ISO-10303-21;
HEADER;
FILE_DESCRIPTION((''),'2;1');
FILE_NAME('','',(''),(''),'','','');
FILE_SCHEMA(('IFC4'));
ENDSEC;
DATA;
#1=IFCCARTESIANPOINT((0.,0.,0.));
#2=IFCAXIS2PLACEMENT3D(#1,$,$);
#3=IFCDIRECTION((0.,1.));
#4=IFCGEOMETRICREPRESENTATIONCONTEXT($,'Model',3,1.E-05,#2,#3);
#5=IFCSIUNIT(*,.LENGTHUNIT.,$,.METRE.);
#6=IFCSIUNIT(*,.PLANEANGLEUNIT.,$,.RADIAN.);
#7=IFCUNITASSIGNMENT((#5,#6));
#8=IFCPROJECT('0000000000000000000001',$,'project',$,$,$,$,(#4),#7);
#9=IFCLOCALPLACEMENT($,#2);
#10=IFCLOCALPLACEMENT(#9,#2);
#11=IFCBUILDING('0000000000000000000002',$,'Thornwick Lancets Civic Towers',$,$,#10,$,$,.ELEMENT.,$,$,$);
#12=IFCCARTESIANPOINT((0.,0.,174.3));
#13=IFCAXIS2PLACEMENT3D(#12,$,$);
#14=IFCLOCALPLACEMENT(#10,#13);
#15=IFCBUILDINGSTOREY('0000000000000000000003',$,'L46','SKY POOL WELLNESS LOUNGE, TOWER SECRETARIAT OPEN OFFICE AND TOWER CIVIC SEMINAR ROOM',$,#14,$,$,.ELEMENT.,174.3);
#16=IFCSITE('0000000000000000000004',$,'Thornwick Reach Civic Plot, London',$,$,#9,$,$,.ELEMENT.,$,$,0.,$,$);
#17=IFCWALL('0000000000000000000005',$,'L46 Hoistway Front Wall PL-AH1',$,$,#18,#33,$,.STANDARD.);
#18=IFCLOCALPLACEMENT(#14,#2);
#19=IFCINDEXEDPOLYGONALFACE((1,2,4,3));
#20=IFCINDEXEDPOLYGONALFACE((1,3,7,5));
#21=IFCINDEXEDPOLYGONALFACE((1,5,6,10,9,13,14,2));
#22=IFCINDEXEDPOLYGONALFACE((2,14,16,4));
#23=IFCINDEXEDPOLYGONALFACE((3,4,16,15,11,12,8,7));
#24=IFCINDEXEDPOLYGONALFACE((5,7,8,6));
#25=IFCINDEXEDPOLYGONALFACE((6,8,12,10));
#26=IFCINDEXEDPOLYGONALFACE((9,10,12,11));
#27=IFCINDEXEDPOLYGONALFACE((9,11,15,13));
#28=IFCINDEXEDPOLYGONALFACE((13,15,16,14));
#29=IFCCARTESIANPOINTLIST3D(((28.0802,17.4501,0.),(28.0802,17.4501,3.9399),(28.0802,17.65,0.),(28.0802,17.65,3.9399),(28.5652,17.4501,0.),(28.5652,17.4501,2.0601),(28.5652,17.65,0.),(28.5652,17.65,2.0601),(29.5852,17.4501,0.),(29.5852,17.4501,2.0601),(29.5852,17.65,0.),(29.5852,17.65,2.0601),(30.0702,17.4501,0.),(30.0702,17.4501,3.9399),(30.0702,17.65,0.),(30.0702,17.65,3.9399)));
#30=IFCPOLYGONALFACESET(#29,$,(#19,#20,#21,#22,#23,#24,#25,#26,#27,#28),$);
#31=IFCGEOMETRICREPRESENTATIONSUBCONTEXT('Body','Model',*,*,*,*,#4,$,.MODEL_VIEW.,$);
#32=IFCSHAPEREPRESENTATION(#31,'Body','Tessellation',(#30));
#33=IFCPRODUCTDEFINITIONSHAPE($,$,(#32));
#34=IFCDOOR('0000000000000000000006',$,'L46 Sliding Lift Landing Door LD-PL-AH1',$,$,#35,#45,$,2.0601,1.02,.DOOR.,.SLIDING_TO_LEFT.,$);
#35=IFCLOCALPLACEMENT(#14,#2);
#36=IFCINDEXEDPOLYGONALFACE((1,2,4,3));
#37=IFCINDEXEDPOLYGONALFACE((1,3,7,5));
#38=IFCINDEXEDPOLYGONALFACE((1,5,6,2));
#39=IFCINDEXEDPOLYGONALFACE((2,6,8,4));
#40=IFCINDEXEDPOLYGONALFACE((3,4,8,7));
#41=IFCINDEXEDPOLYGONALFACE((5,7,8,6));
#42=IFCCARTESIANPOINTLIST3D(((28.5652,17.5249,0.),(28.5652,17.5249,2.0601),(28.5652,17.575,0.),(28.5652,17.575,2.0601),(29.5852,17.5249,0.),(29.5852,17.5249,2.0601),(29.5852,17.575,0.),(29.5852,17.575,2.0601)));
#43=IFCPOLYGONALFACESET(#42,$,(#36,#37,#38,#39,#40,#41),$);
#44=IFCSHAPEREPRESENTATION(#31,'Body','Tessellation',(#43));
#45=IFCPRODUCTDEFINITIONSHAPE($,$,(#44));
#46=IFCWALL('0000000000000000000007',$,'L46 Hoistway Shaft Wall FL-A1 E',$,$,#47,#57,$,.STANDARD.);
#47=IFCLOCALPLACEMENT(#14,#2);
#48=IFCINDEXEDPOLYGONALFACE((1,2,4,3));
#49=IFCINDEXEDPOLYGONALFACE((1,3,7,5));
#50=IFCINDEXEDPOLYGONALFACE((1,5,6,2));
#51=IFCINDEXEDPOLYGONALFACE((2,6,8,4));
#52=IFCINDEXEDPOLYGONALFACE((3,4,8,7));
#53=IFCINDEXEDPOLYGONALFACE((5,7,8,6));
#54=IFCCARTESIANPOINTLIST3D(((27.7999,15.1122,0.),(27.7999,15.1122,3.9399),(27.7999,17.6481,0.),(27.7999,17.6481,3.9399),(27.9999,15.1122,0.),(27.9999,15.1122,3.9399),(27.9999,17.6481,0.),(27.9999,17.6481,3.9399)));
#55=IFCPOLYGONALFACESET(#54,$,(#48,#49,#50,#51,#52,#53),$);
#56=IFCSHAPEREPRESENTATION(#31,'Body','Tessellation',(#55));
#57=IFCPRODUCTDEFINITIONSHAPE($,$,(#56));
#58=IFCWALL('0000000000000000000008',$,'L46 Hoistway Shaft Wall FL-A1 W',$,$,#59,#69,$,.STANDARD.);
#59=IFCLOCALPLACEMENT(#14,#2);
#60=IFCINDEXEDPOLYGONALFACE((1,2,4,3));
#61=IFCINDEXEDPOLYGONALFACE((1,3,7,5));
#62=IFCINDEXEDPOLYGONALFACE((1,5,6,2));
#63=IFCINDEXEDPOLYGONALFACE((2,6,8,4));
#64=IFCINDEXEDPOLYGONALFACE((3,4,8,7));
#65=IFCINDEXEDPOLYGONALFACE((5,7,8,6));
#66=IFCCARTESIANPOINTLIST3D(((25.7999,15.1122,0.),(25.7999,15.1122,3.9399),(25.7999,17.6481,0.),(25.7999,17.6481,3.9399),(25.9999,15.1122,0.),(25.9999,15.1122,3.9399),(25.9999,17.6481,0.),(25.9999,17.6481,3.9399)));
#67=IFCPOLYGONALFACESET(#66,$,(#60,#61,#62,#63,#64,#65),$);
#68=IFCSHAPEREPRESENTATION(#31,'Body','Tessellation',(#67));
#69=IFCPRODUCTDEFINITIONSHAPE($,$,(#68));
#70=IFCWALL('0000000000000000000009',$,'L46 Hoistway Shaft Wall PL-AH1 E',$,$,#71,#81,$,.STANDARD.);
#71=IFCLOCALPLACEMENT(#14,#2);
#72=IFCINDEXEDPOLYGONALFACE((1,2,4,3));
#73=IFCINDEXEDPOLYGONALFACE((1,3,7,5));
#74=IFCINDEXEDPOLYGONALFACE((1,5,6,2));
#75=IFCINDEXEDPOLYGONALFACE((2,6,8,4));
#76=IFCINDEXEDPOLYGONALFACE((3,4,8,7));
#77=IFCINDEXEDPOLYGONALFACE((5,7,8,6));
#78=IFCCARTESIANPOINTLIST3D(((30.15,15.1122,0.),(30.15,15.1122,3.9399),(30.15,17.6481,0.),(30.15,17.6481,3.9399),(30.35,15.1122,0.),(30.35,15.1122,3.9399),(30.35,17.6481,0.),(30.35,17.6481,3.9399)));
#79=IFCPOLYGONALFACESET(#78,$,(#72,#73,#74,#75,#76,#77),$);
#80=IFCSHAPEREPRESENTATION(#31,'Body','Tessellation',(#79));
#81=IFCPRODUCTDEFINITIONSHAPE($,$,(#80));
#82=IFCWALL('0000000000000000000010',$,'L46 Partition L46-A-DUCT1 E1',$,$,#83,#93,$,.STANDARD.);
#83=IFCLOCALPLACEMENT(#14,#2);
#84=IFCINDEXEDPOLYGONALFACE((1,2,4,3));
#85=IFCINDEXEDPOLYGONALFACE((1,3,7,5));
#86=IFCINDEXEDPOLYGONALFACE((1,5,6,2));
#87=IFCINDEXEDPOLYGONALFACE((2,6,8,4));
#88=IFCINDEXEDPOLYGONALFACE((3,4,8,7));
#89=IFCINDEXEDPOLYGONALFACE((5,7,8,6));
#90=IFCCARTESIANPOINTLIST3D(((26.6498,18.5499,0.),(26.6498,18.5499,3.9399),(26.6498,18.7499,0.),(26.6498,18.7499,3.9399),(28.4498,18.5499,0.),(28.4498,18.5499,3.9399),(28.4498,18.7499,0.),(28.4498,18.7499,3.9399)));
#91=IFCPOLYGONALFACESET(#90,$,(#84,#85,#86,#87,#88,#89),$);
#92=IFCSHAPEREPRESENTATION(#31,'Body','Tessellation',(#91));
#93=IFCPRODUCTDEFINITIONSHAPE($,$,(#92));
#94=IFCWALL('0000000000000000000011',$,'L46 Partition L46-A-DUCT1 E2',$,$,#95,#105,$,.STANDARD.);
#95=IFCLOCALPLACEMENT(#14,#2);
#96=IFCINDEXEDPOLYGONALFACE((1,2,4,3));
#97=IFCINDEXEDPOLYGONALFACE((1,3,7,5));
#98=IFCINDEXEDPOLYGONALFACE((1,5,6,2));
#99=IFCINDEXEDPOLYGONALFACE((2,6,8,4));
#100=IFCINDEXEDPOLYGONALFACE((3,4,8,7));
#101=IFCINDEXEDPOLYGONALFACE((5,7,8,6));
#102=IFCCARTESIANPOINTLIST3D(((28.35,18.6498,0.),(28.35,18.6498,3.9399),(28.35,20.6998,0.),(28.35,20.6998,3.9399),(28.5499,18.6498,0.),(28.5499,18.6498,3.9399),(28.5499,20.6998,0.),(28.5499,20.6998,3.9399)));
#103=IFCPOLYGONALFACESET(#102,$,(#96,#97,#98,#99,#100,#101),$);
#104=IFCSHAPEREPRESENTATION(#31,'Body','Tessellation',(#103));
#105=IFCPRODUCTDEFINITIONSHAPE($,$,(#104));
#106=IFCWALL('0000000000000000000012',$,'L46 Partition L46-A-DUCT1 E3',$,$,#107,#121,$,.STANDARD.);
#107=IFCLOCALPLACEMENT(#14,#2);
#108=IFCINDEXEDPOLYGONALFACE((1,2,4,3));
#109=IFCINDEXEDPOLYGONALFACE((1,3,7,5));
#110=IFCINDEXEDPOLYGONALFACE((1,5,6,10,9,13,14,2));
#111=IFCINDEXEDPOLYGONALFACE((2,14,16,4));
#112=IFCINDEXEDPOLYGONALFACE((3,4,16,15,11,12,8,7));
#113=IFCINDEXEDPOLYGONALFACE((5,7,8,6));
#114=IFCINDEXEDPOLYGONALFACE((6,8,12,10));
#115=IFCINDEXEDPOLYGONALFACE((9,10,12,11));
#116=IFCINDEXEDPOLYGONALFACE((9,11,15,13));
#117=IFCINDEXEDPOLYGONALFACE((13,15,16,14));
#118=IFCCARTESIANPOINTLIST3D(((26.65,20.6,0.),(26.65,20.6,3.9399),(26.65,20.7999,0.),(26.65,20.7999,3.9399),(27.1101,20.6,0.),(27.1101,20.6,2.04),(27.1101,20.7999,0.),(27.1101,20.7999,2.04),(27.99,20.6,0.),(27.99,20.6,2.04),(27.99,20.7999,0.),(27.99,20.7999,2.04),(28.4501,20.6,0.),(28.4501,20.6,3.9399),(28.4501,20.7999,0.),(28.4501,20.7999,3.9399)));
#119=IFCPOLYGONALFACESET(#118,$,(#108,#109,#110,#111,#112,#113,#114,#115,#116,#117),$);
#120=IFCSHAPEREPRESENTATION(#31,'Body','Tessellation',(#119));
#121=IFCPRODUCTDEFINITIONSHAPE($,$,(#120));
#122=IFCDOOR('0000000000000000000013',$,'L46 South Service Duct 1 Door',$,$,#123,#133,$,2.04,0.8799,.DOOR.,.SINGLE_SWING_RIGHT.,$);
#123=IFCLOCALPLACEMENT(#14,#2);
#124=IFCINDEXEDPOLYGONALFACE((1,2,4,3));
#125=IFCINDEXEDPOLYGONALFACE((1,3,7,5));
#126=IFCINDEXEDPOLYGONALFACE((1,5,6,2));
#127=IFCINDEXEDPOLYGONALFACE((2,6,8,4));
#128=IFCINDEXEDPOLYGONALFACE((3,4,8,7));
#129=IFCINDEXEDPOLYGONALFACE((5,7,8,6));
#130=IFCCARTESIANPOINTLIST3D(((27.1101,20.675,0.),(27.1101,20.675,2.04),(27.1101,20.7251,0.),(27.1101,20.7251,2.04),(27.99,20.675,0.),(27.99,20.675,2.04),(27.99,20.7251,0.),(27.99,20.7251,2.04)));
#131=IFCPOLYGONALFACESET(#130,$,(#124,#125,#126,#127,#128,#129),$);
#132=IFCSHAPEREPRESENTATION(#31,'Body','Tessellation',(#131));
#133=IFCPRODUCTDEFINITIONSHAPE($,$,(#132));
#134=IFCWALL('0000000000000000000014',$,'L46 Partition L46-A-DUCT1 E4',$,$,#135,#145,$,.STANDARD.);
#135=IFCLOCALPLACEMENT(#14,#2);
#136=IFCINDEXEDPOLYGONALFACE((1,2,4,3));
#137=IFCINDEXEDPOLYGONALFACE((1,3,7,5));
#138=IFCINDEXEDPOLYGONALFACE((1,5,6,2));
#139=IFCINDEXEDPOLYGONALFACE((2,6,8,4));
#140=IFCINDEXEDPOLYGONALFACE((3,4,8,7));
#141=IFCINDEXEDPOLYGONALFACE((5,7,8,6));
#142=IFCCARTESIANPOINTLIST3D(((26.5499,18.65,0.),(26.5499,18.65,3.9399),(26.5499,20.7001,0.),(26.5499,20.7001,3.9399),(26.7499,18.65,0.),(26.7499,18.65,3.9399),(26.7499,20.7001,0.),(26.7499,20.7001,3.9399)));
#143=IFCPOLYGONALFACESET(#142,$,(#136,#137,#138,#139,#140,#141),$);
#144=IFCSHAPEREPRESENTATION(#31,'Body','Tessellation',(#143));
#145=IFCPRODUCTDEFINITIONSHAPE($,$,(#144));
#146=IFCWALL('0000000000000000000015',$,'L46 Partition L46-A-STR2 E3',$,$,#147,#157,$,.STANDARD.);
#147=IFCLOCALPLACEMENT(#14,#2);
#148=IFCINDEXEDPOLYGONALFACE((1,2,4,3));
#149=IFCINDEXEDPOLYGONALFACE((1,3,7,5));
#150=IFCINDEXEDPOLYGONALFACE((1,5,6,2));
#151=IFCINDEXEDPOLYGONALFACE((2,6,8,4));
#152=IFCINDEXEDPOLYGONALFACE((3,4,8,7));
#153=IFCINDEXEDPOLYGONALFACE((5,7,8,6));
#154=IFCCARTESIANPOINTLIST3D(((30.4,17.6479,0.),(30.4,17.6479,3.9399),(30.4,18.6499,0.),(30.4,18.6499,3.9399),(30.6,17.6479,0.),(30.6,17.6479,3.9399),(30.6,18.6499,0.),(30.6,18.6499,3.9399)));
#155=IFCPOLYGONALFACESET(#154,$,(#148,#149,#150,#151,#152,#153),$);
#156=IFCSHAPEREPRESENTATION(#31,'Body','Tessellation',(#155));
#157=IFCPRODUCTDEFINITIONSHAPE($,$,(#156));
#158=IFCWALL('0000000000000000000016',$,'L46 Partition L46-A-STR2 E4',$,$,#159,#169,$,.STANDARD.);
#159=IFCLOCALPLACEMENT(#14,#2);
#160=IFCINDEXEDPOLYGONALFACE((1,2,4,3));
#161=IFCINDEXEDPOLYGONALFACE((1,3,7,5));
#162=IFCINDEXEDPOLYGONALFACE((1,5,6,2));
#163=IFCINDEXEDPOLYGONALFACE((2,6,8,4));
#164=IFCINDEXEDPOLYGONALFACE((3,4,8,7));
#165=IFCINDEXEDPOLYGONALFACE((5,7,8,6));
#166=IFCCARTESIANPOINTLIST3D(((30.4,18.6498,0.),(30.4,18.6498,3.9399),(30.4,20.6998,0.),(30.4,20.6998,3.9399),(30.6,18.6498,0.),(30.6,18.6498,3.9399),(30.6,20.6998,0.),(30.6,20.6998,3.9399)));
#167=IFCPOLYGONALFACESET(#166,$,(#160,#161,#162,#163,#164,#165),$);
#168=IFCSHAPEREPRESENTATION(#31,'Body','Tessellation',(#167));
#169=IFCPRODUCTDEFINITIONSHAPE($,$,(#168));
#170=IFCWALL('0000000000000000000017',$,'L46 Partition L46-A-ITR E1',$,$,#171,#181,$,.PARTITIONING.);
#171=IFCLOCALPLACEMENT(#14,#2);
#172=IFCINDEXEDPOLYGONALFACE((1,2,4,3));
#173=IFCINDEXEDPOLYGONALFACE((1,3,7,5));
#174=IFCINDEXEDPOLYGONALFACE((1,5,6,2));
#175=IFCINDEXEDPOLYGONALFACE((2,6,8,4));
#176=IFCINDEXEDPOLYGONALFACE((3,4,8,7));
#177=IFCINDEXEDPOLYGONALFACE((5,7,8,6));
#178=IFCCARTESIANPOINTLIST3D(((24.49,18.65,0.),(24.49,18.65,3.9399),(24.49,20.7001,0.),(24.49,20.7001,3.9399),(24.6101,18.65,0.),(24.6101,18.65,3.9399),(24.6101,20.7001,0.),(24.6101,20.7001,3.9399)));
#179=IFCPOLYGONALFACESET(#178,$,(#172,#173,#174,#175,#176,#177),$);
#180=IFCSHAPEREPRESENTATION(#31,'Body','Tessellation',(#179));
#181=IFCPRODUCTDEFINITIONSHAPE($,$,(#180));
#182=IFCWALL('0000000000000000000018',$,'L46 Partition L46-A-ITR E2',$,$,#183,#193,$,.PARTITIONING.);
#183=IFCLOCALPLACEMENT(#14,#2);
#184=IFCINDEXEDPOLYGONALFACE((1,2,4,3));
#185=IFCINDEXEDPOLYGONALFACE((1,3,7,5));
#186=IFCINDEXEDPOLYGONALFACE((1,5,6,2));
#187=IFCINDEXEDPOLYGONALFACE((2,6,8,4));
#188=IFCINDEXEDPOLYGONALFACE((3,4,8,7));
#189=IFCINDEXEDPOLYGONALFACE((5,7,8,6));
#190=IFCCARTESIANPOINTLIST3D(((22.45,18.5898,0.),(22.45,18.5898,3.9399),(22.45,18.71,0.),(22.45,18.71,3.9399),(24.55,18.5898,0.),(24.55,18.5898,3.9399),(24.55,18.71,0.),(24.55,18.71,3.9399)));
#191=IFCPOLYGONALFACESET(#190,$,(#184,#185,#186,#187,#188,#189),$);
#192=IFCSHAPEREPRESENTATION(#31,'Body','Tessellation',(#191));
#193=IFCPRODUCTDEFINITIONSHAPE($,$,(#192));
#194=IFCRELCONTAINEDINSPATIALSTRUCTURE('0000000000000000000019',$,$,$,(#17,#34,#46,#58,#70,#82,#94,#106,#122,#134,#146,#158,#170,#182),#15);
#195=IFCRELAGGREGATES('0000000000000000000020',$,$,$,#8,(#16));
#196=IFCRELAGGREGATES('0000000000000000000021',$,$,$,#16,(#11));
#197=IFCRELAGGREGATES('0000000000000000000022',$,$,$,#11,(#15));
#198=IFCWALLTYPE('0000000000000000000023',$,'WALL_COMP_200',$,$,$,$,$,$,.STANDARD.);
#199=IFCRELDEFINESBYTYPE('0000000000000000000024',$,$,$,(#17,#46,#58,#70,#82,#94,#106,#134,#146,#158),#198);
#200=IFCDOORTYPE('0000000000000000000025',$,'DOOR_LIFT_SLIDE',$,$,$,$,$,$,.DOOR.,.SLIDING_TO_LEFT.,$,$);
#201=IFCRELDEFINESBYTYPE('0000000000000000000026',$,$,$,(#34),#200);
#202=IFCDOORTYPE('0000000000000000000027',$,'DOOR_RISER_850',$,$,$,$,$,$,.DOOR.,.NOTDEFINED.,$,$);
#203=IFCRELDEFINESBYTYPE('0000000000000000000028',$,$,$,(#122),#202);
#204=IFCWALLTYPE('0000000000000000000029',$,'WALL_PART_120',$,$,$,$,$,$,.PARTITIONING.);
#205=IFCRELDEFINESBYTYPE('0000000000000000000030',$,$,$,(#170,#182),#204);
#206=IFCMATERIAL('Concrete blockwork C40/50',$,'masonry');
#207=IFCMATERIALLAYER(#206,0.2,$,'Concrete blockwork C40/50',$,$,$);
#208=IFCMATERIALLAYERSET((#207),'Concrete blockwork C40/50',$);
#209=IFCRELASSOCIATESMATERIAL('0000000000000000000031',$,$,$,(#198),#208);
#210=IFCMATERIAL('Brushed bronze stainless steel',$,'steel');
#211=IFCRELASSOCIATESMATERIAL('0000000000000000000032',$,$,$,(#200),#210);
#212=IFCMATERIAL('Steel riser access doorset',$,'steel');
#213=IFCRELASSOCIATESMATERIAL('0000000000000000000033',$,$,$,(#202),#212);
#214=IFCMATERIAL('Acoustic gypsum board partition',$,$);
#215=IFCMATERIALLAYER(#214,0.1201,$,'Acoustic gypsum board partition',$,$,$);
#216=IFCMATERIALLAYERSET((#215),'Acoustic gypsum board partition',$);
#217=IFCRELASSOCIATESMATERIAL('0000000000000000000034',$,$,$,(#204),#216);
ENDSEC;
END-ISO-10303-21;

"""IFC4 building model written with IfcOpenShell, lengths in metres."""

from ifc_helpers import new_model, si_unit, direction, frame, frame_2d, origin, place, context, subcontext, project, spatial, rectangle, extrude, material, layer, layer_set, type_object, element, fill, save


model = new_model("IFC4")

# Units and contexts
model_context = context("Model", 3, precision=1e-05, world=origin(), true_north=direction((0.0, 1.0)))
body_context = subcontext(model_context, "Body", "Model", "MODEL_VIEW")
ifc_project = project(units=[si_unit("LENGTHUNIT", "METRE"), si_unit("PLANEANGLEUNIT", "RADIAN")], contexts=[model_context])

# Site, building, storey
site_placement = place(None, origin())
site = spatial("IfcSite", under=ifc_project, at=site_placement, Name="Thornwick Reach Civic Plot, London", CompositionType="ELEMENT", RefElevation=0.0)
building_placement = place(site_placement, origin())
building = spatial("IfcBuilding", under=site, at=building_placement, Name="Thornwick Lancets Civic Towers", CompositionType="ELEMENT")
storey_placement = place(building_placement, frame((0.0, 0.0, 174.3)))
storey = spatial("IfcBuildingStorey", under=building, at=storey_placement, Name="L46", Description="SKY POOL WELLNESS LOUNGE, TOWER SECRETARIAT OPEN OFFICE AND TOWER CIVIC SEMINAR ROOM", CompositionType="ELEMENT", Elevation=174.3)

# Wall, opening, door
ifc_material_1 = material(Name="Concrete blockwork C40/50", Category="masonry")
ifc_layer_1 = layer(ifc_material_1, 0.2, Name="Concrete blockwork C40/50")
ifc_layer_set_1 = layer_set([ifc_layer_1], Name="Concrete blockwork C40/50")
wall_type_1 = type_object("IfcWallType", Name="WALL_COMP_200", PredefinedType="STANDARD", material=ifc_layer_set_1)
ifc_material_2 = material(Name="Brushed bronze stainless steel", Category="steel")
door_type_1 = type_object("IfcDoorType", Name="DOOR_LIFT_SLIDE", OperationType="SLIDING_TO_LEFT", PredefinedType="DOOR", material=ifc_material_2)
wall_1_placement = place(storey_placement, frame((28.0801, 17.55, 0.0), z_axis=(0.0, 0.0, 1.0), x_axis=(1.0, 0.0, 0.0)))
wall_1 = element("IfcWall", 1, at=wall_1_placement, inside=storey, type_object=wall_type_1, Name="L46 Hoistway Front Wall PL-AH1", PredefinedType="STANDARD", context=body_context, shape_type="SweptSolid", body=[
    extrude(rectangle(XDim=1.99, YDim=0.2, at=frame_2d((0.9951, 0.0))), origin(), (0.0, 0.0, 1.0), 3.9399),
])
opening_1_placement = place(wall_1_placement, frame((0.4851, 0.0, 0.0)))
opening_1 = element("IfcOpeningElement", 2, at=opening_1_placement, cuts=wall_1, PredefinedType="OPENING", context=body_context, shape_type="SweptSolid", body=[
    extrude(rectangle(XDim=1.02, YDim=2.0601, at=frame_2d((0.51, 1.03))), frame((0.0, 0.1099, 0.0), z_axis=(0.0, -1.0, 0.0), x_axis=(1.0, 0.0, 0.0)), (0.0, 0.0, 1.0), 0.22),
])
door_1_placement = place(opening_1_placement, origin())
door_1 = element("IfcDoor", 3, at=door_1_placement, inside=storey, type_object=door_type_1, Name="L46 Sliding Lift Landing Door LD-PL-AH1", OperationType="SLIDING_TO_LEFT", OverallHeight=2.0601, OverallWidth=1.02, PredefinedType="DOOR", context=body_context, shape_type="SweptSolid", body=[
    extrude(rectangle(XDim=1.02, YDim=2.0601, at=frame_2d((0.51, 1.03))), frame((0.0, 0.0249, 0.0), z_axis=(0.0, -1.0, 0.0), x_axis=(1.0, 0.0, 0.0)), (0.0, 0.0, 1.0), 0.05),
])
fill(opening_1, door_1)

# Walls
for number, where, z_axis, x_axis, name in (
    (4, (27.8999, 15.1121, 0.0), (0.0, 0.0, 1.0), (0.0, 1.0, 0.0), "L46 Hoistway Shaft Wall FL-A1 E"),
    (5, (25.8999, 15.1121, 0.0), (0.0, 0.0, 1.0), (0.0, 1.0, 0.0), "L46 Hoistway Shaft Wall FL-A1 W"),
    (6, (30.25, 15.1121, 0.0), (0.0, 0.0, 1.0), (0.0, 1.0, 0.0), "L46 Hoistway Shaft Wall PL-AH1 E"),
):
    element("IfcWall", number, at=place(storey_placement, frame(where, z_axis=z_axis, x_axis=x_axis)), inside=storey, type_object=wall_type_1, Name=name, PredefinedType="STANDARD", context=body_context, shape_type="SweptSolid", body=[
        extrude(rectangle(XDim=2.5359, YDim=0.2, at=frame_2d((1.2681, 0.0))), origin(), (0.0, 0.0, 1.0), 3.9399),
    ])
wall_2_placement = place(storey_placement, frame((26.6499, 18.6499, 0.0), z_axis=(0.0, 0.0, 1.0), x_axis=(1.0, 0.0, 0.0)))
element("IfcWall", 7, at=wall_2_placement, inside=storey, type_object=wall_type_1, Name="L46 Partition L46-A-DUCT1 E1", PredefinedType="STANDARD", context=body_context, shape_type="SweptSolid", body=[
    extrude(rectangle(XDim=1.8, YDim=0.2, at=frame_2d((0.8999, 0.0))), origin(), (0.0, 0.0, 1.0), 3.9399),
])
wall_3_placement = place(storey_placement, frame((28.45, 18.6499, 0.0), z_axis=(0.0, 0.0, 1.0), x_axis=(0.0, 1.0, 0.0)))
element("IfcWall", 8, at=wall_3_placement, inside=storey, type_object=wall_type_1, Name="L46 Partition L46-A-DUCT1 E2", PredefinedType="STANDARD", context=body_context, shape_type="SweptSolid", body=[
    extrude(rectangle(XDim=2.05, YDim=0.2, at=frame_2d((1.0249, 0.0))), origin(), (0.0, 0.0, 1.0), 3.9399),
])

# Wall, opening, door
wall_4_placement = place(storey_placement, frame((28.45, 20.7, 0.0), z_axis=(0.0, 0.0, 1.0), x_axis=(-1.0, 0.0, 0.0)))
wall_4 = element("IfcWall", 9, at=wall_4_placement, inside=storey, type_object=wall_type_1, Name="L46 Partition L46-A-DUCT1 E3", PredefinedType="STANDARD", context=body_context, shape_type="SweptSolid", body=[
    extrude(rectangle(XDim=1.8, YDim=0.2, at=frame_2d((0.8999, 0.0))), origin(), (0.0, 0.0, 1.0), 3.9399),
])
opening_2_placement = place(wall_4_placement, frame((0.46, 0.0, 0.0)))
opening_2 = element("IfcOpeningElement", 10, at=opening_2_placement, cuts=wall_4, PredefinedType="OPENING", context=body_context, shape_type="SweptSolid", body=[
    extrude(rectangle(XDim=0.8799, YDim=2.04, at=frame_2d((0.4399, 1.02))), frame((0.0, 0.1099, 0.0), z_axis=(0.0, -1.0, 0.0), x_axis=(1.0, 0.0, 0.0)), (0.0, 0.0, 1.0), 0.22),
])
ifc_material_3 = material(Name="Steel riser access doorset", Category="steel")
door_type_2 = type_object("IfcDoorType", Name="DOOR_RISER_850", OperationType="NOTDEFINED", PredefinedType="DOOR", material=ifc_material_3)
door_2_placement = place(opening_2_placement, origin())
door_2 = element("IfcDoor", 11, at=door_2_placement, inside=storey, type_object=door_type_2, Name="L46 South Service Duct 1 Door", OperationType="SINGLE_SWING_RIGHT", OverallHeight=2.04, OverallWidth=0.8799, PredefinedType="DOOR", context=body_context, shape_type="SweptSolid", body=[
    extrude(rectangle(XDim=0.8799, YDim=2.04, at=frame_2d((0.4399, 1.02))), frame((0.0, 0.0249, 0.0), z_axis=(0.0, -1.0, 0.0), x_axis=(1.0, 0.0, 0.0)), (0.0, 0.0, 1.0), 0.05),
])
fill(opening_2, door_2)

# Walls
wall_5_placement = place(storey_placement, frame((26.6499, 20.7, 0.0), z_axis=(0.0, 0.0, 1.0), x_axis=(0.0, -1.0, 0.0)))
element("IfcWall", 12, at=wall_5_placement, inside=storey, type_object=wall_type_1, Name="L46 Partition L46-A-DUCT1 E4", PredefinedType="STANDARD", context=body_context, shape_type="SweptSolid", body=[
    extrude(rectangle(XDim=2.05, YDim=0.2, at=frame_2d((1.0249, 0.0))), origin(), (0.0, 0.0, 1.0), 3.9399),
])
wall_6_placement = place(storey_placement, frame((30.5, 17.6479, 0.0), z_axis=(0.0, 0.0, 1.0), x_axis=(0.0, 1.0, 0.0)))
element("IfcWall", 13, at=wall_6_placement, inside=storey, type_object=wall_type_1, Name="L46 Partition L46-A-STR2 E3", PredefinedType="STANDARD", context=body_context, shape_type="SweptSolid", body=[
    extrude(rectangle(XDim=1.002, YDim=0.2, at=frame_2d((0.501, 0.0))), origin(), (0.0, 0.0, 1.0), 3.9399),
])
wall_7_placement = place(storey_placement, frame((30.5, 18.6499, 0.0), z_axis=(0.0, 0.0, 1.0), x_axis=(0.0, 1.0, 0.0)))
element("IfcWall", 14, at=wall_7_placement, inside=storey, type_object=wall_type_1, Name="L46 Partition L46-A-STR2 E4", PredefinedType="STANDARD", context=body_context, shape_type="SweptSolid", body=[
    extrude(rectangle(XDim=2.05, YDim=0.2, at=frame_2d((1.0249, 0.0))), origin(), (0.0, 0.0, 1.0), 3.9399),
])
ifc_material_4 = material(Name="Acoustic gypsum board partition")
ifc_layer_2 = layer(ifc_material_4, 0.1201, Name="Acoustic gypsum board partition")
ifc_layer_set_2 = layer_set([ifc_layer_2], Name="Acoustic gypsum board partition")
wall_type_2 = type_object("IfcWallType", Name="WALL_PART_120", PredefinedType="PARTITIONING", material=ifc_layer_set_2)
wall_8_placement = place(storey_placement, frame((24.55, 20.7, 0.0), z_axis=(0.0, 0.0, 1.0), x_axis=(0.0, -1.0, 0.0)))
element("IfcWall", 15, at=wall_8_placement, inside=storey, type_object=wall_type_2, Name="L46 Partition L46-A-ITR E1", PredefinedType="PARTITIONING", context=body_context, shape_type="SweptSolid", body=[
    extrude(rectangle(XDim=2.05, YDim=0.1201, at=frame_2d((1.0249, 0.0))), origin(), (0.0, 0.0, 1.0), 3.9399),
])
wall_9_placement = place(storey_placement, frame((24.55, 18.6499, 0.0), z_axis=(0.0, 0.0, 1.0), x_axis=(-1.0, 0.0, 0.0)))
element("IfcWall", 16, at=wall_9_placement, inside=storey, type_object=wall_type_2, Name="L46 Partition L46-A-ITR E2", PredefinedType="PARTITIONING", context=body_context, shape_type="SweptSolid", body=[
    extrude(rectangle(XDim=2.1001, YDim=0.1201, at=frame_2d((1.05, 0.0))), origin(), (0.0, 0.0, 1.0), 3.9399),
])

save(model, "model.ifc")
